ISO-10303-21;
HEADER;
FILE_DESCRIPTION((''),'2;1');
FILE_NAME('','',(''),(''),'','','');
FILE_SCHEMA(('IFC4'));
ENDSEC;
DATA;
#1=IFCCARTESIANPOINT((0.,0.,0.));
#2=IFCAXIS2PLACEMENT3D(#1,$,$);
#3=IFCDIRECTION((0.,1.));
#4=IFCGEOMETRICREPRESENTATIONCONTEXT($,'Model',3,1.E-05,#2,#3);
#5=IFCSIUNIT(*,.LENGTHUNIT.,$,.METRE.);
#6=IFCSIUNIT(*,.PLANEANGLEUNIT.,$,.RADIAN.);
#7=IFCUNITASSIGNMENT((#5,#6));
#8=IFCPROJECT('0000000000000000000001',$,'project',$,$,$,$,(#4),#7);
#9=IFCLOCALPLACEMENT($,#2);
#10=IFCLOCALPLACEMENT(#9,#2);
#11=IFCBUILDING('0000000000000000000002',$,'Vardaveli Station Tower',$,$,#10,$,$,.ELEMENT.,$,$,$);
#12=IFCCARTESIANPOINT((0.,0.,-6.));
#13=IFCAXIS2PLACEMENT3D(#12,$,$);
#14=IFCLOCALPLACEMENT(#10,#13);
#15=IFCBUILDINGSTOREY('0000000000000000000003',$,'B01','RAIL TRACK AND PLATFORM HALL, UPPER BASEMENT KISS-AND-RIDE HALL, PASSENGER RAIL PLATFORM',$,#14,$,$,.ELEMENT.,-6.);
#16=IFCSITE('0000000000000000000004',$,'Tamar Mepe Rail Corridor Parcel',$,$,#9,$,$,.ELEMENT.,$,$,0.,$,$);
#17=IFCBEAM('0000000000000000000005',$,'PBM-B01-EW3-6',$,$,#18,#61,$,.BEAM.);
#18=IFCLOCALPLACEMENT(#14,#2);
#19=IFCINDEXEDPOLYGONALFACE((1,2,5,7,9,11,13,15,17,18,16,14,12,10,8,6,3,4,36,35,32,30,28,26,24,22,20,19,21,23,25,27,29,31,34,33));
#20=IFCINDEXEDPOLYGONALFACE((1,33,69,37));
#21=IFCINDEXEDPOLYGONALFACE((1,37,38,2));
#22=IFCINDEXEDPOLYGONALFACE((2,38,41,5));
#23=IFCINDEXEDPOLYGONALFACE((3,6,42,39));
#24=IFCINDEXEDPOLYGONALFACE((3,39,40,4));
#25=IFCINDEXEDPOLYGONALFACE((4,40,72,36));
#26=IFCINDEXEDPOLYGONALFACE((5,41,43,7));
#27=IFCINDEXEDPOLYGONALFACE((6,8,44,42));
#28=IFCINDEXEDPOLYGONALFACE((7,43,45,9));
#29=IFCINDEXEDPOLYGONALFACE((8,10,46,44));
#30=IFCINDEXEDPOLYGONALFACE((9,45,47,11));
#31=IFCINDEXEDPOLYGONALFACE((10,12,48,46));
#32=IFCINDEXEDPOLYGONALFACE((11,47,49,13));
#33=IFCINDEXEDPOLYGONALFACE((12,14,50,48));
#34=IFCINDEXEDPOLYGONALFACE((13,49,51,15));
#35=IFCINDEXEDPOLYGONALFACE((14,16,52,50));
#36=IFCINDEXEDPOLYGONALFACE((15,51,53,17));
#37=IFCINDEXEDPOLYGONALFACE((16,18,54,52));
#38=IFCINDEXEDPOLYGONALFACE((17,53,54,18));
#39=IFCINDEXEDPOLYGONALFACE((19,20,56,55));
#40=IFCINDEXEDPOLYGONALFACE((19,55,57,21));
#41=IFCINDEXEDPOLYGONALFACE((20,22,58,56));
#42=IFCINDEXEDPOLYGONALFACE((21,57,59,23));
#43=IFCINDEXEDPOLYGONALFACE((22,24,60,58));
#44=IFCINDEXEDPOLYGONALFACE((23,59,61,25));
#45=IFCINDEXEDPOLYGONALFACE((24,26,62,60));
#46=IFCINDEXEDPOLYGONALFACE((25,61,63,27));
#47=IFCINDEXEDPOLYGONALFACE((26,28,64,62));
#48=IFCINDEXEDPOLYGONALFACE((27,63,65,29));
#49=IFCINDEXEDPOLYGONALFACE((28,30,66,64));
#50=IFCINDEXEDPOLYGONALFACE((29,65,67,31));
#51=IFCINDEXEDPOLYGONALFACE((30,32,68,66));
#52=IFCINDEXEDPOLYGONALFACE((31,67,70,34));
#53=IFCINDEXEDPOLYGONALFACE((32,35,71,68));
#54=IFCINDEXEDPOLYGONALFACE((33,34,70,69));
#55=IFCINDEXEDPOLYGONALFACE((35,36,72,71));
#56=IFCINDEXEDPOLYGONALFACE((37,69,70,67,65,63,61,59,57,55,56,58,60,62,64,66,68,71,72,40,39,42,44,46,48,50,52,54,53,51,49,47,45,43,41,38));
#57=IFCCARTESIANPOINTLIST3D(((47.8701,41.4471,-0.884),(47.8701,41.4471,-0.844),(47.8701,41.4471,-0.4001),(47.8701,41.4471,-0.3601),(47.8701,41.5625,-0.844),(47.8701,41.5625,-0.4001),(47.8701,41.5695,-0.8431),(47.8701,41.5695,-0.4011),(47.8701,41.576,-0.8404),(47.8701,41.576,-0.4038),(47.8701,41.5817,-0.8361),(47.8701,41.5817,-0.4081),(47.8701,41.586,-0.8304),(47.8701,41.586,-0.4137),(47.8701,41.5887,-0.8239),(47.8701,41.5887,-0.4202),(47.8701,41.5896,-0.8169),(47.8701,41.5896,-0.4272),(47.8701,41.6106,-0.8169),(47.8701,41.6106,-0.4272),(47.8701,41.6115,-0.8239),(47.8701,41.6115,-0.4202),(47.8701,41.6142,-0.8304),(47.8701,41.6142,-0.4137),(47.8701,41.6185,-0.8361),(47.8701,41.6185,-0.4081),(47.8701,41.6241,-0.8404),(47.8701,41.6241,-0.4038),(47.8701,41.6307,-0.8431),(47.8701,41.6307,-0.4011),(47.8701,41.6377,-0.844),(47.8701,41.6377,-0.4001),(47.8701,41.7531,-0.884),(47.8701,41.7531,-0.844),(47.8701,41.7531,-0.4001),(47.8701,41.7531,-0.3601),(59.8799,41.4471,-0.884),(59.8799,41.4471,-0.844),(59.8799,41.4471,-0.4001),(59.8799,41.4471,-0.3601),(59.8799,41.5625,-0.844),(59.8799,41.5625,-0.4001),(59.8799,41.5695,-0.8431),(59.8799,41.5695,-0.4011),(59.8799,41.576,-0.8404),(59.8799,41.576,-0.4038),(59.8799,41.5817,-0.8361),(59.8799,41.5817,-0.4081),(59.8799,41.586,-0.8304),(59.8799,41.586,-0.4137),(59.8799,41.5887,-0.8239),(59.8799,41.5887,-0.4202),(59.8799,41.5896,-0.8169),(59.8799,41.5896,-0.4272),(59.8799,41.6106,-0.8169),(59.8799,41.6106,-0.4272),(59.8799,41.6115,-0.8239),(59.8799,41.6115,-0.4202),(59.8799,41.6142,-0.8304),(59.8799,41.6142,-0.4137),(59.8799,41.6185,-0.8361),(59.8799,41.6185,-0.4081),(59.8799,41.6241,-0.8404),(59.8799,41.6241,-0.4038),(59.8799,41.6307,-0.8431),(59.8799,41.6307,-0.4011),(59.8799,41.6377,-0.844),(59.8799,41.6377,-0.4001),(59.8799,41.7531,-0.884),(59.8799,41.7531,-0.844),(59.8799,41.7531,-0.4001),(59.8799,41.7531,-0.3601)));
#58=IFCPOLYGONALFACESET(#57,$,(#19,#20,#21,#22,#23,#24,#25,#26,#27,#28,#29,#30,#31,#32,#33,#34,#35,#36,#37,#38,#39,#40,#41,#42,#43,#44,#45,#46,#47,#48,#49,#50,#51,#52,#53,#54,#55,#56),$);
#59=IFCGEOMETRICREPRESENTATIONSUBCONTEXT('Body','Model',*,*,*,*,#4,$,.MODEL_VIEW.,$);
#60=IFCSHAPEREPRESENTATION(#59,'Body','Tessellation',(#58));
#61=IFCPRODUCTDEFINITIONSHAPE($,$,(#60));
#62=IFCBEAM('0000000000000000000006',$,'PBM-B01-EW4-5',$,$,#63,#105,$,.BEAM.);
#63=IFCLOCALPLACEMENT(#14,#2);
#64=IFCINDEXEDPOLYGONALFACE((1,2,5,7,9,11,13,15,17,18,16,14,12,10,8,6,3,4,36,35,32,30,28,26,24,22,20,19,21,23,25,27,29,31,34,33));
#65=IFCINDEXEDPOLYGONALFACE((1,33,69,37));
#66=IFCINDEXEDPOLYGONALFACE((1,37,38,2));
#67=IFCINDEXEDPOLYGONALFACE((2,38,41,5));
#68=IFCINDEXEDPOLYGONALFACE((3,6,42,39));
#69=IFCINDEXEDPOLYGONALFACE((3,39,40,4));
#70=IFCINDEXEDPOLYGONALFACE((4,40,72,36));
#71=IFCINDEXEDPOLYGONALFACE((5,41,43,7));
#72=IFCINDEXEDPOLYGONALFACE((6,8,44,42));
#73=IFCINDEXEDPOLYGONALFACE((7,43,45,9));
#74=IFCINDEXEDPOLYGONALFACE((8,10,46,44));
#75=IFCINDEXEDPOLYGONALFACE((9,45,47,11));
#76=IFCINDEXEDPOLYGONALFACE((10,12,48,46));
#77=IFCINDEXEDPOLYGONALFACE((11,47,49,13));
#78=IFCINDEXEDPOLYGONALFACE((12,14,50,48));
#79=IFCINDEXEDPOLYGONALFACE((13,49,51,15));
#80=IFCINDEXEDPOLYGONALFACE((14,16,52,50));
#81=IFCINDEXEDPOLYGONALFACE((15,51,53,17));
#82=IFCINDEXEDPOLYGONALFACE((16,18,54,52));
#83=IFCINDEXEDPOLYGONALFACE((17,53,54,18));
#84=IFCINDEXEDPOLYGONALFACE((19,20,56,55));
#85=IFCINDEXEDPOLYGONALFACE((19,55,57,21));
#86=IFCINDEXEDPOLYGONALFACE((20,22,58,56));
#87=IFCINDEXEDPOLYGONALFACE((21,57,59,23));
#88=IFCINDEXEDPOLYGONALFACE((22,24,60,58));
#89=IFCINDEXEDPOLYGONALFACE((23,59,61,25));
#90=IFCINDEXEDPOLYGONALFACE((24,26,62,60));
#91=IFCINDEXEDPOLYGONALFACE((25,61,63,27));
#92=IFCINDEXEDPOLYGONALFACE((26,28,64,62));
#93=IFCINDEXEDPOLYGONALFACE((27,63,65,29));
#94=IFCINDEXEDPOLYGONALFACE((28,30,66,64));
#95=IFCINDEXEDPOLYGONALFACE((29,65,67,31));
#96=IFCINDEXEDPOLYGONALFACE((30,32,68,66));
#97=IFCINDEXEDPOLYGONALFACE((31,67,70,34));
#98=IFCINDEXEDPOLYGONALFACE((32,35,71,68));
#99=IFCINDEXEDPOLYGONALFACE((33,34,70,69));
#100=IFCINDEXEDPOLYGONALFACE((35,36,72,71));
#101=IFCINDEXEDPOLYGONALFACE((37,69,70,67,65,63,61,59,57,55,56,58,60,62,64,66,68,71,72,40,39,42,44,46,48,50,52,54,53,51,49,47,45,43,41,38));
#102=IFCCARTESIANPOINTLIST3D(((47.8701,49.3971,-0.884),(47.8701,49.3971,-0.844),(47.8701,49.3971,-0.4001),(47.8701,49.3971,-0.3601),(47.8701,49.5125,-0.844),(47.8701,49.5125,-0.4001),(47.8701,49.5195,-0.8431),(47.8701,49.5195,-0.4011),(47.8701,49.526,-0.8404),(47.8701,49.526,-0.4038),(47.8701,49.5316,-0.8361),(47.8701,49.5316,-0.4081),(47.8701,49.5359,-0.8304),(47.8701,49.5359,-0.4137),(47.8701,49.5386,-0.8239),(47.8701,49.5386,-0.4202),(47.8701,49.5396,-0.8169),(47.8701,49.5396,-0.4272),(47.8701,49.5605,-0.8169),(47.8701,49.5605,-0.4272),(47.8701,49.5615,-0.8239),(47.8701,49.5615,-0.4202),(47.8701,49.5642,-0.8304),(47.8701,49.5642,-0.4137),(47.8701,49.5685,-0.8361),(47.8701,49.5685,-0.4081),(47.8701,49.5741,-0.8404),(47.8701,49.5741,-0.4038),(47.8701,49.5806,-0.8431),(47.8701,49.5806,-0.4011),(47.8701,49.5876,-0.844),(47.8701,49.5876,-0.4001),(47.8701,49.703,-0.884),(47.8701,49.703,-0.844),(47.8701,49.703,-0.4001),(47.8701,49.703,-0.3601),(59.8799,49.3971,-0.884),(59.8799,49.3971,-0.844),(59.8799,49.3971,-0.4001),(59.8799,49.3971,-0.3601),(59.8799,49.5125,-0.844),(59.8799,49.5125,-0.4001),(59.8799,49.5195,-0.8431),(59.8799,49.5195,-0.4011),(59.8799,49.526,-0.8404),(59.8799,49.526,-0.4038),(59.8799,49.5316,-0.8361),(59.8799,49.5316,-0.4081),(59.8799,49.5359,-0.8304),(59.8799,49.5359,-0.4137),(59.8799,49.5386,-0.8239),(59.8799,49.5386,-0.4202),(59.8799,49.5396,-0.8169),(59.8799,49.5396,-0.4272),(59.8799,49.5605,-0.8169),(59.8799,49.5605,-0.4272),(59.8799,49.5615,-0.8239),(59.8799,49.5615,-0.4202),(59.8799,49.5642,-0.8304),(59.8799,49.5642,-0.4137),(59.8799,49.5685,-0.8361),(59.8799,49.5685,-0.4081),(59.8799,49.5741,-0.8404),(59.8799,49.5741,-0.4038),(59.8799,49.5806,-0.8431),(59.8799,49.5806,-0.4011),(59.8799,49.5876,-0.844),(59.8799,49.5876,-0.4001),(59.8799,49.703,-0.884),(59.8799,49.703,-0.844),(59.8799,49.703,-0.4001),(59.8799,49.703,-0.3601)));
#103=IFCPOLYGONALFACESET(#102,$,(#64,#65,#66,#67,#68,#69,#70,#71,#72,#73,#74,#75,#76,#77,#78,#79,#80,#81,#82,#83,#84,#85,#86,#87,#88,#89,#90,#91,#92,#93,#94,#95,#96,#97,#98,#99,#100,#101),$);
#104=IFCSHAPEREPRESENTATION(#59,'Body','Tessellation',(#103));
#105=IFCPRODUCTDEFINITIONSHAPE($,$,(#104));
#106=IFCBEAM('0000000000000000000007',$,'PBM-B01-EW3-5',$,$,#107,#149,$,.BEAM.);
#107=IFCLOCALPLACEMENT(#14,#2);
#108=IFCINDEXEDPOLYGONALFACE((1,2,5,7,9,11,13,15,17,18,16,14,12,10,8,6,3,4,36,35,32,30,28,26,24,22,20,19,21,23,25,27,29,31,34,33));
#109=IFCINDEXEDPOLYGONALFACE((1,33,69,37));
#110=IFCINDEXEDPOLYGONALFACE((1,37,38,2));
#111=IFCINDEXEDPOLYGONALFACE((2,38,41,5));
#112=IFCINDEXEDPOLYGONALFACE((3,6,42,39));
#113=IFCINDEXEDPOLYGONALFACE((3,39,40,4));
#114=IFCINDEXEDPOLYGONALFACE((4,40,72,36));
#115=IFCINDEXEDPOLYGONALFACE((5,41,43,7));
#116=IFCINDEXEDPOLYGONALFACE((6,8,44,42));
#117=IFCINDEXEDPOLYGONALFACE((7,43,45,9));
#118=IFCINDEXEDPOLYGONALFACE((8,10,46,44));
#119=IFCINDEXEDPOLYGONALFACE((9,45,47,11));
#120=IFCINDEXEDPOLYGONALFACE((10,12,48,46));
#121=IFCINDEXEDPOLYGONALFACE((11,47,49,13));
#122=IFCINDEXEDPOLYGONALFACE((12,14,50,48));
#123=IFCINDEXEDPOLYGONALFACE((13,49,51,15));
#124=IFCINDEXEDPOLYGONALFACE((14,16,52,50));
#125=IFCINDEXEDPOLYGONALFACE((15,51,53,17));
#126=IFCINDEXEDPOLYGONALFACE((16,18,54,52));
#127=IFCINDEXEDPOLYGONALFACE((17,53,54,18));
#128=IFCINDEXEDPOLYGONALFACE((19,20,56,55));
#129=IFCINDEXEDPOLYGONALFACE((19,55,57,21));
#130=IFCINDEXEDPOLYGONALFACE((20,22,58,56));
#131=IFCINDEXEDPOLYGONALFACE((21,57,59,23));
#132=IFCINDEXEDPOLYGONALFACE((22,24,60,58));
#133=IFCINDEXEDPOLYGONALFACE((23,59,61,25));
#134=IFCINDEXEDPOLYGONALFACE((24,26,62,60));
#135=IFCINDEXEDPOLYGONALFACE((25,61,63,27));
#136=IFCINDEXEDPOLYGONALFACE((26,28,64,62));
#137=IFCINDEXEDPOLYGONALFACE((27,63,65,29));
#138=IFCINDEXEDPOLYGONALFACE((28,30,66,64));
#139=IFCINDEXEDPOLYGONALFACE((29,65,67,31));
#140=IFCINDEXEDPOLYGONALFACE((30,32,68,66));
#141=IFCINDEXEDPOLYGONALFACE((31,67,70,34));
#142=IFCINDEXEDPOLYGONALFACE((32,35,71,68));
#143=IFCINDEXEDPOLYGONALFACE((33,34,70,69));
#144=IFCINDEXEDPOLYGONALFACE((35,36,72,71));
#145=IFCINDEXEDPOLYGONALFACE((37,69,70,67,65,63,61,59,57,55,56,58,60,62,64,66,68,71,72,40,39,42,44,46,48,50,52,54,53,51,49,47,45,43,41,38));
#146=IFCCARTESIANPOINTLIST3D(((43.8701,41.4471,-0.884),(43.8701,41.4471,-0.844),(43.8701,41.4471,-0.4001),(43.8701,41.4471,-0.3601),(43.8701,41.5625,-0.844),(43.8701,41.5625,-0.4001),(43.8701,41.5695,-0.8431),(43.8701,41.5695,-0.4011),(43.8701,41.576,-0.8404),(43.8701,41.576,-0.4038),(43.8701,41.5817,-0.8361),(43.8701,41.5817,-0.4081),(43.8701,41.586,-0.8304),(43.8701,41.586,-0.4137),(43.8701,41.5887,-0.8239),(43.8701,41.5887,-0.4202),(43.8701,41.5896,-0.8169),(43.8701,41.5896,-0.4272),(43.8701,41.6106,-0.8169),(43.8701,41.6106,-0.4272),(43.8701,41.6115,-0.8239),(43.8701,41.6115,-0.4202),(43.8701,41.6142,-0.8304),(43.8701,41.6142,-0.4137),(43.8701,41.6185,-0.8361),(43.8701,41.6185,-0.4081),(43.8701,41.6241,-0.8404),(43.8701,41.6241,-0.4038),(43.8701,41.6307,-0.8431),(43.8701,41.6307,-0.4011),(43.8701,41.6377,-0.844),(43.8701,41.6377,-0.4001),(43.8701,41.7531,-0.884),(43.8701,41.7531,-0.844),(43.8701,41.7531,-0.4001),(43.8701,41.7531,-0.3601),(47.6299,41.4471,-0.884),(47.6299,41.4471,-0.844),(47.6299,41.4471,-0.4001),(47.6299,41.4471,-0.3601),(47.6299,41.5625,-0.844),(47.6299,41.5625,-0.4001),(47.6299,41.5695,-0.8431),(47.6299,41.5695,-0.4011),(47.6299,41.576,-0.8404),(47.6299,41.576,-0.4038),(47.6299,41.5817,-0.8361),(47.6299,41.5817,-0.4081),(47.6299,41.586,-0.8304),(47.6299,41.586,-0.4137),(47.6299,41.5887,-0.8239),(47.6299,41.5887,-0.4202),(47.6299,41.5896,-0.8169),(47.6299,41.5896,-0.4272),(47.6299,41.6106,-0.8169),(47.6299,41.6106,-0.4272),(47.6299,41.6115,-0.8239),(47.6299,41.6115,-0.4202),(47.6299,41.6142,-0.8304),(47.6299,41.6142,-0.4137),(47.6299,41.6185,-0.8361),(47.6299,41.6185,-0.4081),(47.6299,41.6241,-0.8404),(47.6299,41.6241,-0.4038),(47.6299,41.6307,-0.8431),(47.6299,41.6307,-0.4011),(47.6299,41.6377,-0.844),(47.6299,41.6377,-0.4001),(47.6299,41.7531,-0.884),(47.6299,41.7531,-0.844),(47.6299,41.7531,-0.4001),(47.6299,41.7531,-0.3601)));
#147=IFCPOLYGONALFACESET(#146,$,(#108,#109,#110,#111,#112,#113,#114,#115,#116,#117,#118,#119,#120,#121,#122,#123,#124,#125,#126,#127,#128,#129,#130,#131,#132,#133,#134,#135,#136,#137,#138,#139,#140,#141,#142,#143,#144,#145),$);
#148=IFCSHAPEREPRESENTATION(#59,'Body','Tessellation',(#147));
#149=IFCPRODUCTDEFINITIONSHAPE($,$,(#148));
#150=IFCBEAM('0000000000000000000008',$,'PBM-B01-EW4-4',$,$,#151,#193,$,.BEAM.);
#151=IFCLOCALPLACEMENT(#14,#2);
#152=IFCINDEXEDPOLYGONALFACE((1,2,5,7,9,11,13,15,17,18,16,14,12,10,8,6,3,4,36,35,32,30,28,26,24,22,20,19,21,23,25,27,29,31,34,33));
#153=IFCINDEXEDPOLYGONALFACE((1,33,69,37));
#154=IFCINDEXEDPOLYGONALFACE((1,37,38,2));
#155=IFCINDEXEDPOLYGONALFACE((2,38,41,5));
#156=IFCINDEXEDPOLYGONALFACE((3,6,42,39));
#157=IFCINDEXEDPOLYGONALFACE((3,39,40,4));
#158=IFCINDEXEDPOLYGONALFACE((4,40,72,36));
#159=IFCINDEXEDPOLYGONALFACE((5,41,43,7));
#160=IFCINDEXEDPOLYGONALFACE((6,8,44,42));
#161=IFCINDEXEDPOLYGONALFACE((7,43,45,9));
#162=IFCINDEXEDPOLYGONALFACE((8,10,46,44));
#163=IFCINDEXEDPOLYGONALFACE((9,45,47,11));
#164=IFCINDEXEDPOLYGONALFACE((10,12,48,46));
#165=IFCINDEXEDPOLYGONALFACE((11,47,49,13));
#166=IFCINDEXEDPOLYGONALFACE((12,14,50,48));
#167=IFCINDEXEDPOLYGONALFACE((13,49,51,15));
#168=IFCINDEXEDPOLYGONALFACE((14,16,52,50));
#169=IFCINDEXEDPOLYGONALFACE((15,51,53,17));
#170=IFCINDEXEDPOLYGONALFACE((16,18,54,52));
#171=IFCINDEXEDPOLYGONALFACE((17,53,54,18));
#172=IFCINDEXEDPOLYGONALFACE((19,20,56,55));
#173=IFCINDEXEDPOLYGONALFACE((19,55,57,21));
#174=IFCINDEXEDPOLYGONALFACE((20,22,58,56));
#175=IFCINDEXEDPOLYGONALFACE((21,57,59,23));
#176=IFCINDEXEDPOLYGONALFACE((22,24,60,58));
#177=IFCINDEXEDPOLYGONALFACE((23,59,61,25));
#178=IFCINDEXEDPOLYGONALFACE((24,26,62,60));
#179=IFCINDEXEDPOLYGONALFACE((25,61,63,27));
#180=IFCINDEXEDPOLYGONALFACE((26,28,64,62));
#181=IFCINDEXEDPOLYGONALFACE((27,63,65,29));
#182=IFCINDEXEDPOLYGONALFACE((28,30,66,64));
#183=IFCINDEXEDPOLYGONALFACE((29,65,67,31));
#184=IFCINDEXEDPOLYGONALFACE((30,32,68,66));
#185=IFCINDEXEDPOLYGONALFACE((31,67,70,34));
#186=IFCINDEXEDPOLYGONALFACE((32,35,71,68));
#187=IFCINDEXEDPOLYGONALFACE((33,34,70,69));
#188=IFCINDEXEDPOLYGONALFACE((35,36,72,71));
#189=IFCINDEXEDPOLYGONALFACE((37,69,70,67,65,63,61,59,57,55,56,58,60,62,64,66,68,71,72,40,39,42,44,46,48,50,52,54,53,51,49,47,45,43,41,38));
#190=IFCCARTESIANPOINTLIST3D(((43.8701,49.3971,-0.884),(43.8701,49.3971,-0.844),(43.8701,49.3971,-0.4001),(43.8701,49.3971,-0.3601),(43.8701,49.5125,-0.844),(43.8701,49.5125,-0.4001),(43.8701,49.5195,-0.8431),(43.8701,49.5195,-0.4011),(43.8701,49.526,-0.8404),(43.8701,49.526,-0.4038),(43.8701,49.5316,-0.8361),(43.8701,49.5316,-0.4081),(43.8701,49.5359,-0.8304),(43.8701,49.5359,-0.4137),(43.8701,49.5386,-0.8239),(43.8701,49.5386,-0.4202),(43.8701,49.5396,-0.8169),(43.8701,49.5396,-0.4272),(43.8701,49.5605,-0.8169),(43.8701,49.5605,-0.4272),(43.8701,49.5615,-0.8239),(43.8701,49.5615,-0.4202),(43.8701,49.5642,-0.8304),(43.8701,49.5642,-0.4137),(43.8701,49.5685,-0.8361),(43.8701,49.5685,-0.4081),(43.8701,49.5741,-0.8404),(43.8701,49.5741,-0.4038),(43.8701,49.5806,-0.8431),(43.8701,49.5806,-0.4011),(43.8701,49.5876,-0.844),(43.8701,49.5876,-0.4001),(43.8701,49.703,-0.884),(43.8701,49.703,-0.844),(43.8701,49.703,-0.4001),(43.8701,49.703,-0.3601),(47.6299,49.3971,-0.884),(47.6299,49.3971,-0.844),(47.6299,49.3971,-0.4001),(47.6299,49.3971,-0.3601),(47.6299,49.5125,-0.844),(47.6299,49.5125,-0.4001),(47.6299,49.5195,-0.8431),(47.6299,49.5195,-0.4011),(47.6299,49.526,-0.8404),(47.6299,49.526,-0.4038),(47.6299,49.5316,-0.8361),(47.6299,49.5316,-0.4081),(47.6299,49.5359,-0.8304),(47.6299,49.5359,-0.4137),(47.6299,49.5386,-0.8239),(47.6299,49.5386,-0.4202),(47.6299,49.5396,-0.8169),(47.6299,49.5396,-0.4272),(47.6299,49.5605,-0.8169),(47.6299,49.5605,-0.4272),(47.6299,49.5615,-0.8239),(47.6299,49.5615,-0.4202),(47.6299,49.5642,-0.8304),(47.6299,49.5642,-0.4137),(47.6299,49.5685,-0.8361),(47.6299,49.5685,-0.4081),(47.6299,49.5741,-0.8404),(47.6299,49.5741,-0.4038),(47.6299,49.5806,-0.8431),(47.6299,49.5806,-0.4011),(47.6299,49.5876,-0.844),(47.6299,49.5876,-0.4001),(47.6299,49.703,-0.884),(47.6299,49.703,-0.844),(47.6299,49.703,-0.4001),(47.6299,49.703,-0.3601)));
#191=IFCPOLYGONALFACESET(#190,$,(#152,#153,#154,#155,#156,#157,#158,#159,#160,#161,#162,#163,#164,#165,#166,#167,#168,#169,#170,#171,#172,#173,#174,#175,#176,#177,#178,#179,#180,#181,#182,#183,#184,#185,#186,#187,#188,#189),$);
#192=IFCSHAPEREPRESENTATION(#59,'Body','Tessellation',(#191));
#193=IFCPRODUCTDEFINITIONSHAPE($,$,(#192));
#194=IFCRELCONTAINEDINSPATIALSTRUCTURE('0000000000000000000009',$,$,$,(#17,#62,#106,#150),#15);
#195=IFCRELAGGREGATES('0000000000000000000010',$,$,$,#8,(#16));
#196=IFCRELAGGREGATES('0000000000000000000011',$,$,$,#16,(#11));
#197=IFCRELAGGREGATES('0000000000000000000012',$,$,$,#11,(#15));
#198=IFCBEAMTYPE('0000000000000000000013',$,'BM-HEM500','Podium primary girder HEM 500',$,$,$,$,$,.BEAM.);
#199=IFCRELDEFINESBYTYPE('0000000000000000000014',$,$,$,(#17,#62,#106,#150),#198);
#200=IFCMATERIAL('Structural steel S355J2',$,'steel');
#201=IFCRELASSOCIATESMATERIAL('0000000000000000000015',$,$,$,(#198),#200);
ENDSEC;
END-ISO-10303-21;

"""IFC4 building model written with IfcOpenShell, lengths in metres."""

from ifc_helpers import new_model, si_unit, direction, frame, origin, origin_2d, place, context, subcontext, project, spatial, i_section, extrude, source, transform, mapped, material, material_profile, profile_set, type_object, element, save


model = new_model("IFC4")

# Units and contexts
model_context = context("Model", 3, precision=1e-05, world=origin(), true_north=direction((0.0, 1.0)))
body_context = subcontext(model_context, "Body", "Model", "MODEL_VIEW")
ifc_project = project(units=[si_unit("LENGTHUNIT", "METRE"), si_unit("PLANEANGLEUNIT", "RADIAN")], contexts=[model_context])

# Site, building, storey
site_placement = place(None, origin())
site = spatial("IfcSite", under=ifc_project, at=site_placement, Name="Tamar Mepe Rail Corridor Parcel", CompositionType="ELEMENT", RefElevation=0.0)
building_placement = place(site_placement, origin())
building = spatial("IfcBuilding", under=site, at=building_placement, Name="Vardaveli Station Tower", CompositionType="ELEMENT")
storey_placement = place(building_placement, frame((0.0, 0.0, -6.0)))
storey = spatial("IfcBuildingStorey", under=building, at=storey_placement, Name="B01", Description="RAIL TRACK AND PLATFORM HALL, UPPER BASEMENT KISS-AND-RIDE HALL, PASSENGER RAIL PLATFORM", CompositionType="ELEMENT", Elevation=-6.0)

# Beams
ifc_material_1 = material(Name="Structural steel S355J2", Category="steel")
ifc_material_profile_1 = material_profile(ifc_material_1, i_section(OverallWidth=0.3059, OverallDepth=0.5239, WebThickness=0.021, FlangeThickness=0.04, FilletRadius=0.0271, at=origin_2d()), Name="HEM 500")
ifc_profile_set_1 = profile_set([ifc_material_profile_1], Name="Structural steel S355J2")
beam_type = type_object("IfcBeamType", Name="BM-HEM500", Description="Podium primary girder HEM 500", PredefinedType="BEAM", material=ifc_profile_set_1)
shared_shape_1 = source(origin(), body_context, "Body", "SweptSolid", [
    extrude(i_section(OverallWidth=0.3059, OverallDepth=0.5239, WebThickness=0.021, FlangeThickness=0.04, FilletRadius=0.0271, at=origin_2d()), origin(), (0.0, 0.0, 1.0), 12.0098),
])
for number, where, z_axis, x_axis, name in (
    (1, (47.8701, 41.6001, -0.6221), (1.0, 0.0, 0.0), (0.0, 1.0, 0.0), "PBM-B01-EW3-6"),
    (2, (47.8701, 49.55, -0.6221), (1.0, 0.0, 0.0), (0.0, 1.0, 0.0), "PBM-B01-EW4-5"),
):
    element("IfcBeam", number, at=place(storey_placement, frame(where, z_axis=z_axis, x_axis=x_axis)), inside=storey, type_object=beam_type, Name=name, PredefinedType="BEAM", context=body_context, shape_type="MappedRepresentation", body=[
        mapped(shared_shape_1, transform((0.0, 0.0, 0.0), scale=1.0)),
    ])
shared_shape_2 = source(origin(), body_context, "Body", "SweptSolid", [
    extrude(i_section(OverallWidth=0.3059, OverallDepth=0.5239, WebThickness=0.021, FlangeThickness=0.04, FilletRadius=0.0271, at=origin_2d()), origin(), (0.0, 0.0, 1.0), 3.7598),
])
for number, where, z_axis, x_axis, name in (
    (3, (43.8701, 41.6001, -0.6221), (1.0, 0.0, 0.0), (0.0, 1.0, 0.0), "PBM-B01-EW3-5"),
    (4, (43.8701, 49.55, -0.6221), (1.0, 0.0, 0.0), (0.0, 1.0, 0.0), "PBM-B01-EW4-4"),
):
    element("IfcBeam", number, at=place(storey_placement, frame(where, z_axis=z_axis, x_axis=x_axis)), inside=storey, type_object=beam_type, Name=name, PredefinedType="BEAM", context=body_context, shape_type="MappedRepresentation", body=[
        mapped(shared_shape_2, transform((0.0, 0.0, 0.0), scale=1.0)),
    ])

save(model, "model.ifc")
